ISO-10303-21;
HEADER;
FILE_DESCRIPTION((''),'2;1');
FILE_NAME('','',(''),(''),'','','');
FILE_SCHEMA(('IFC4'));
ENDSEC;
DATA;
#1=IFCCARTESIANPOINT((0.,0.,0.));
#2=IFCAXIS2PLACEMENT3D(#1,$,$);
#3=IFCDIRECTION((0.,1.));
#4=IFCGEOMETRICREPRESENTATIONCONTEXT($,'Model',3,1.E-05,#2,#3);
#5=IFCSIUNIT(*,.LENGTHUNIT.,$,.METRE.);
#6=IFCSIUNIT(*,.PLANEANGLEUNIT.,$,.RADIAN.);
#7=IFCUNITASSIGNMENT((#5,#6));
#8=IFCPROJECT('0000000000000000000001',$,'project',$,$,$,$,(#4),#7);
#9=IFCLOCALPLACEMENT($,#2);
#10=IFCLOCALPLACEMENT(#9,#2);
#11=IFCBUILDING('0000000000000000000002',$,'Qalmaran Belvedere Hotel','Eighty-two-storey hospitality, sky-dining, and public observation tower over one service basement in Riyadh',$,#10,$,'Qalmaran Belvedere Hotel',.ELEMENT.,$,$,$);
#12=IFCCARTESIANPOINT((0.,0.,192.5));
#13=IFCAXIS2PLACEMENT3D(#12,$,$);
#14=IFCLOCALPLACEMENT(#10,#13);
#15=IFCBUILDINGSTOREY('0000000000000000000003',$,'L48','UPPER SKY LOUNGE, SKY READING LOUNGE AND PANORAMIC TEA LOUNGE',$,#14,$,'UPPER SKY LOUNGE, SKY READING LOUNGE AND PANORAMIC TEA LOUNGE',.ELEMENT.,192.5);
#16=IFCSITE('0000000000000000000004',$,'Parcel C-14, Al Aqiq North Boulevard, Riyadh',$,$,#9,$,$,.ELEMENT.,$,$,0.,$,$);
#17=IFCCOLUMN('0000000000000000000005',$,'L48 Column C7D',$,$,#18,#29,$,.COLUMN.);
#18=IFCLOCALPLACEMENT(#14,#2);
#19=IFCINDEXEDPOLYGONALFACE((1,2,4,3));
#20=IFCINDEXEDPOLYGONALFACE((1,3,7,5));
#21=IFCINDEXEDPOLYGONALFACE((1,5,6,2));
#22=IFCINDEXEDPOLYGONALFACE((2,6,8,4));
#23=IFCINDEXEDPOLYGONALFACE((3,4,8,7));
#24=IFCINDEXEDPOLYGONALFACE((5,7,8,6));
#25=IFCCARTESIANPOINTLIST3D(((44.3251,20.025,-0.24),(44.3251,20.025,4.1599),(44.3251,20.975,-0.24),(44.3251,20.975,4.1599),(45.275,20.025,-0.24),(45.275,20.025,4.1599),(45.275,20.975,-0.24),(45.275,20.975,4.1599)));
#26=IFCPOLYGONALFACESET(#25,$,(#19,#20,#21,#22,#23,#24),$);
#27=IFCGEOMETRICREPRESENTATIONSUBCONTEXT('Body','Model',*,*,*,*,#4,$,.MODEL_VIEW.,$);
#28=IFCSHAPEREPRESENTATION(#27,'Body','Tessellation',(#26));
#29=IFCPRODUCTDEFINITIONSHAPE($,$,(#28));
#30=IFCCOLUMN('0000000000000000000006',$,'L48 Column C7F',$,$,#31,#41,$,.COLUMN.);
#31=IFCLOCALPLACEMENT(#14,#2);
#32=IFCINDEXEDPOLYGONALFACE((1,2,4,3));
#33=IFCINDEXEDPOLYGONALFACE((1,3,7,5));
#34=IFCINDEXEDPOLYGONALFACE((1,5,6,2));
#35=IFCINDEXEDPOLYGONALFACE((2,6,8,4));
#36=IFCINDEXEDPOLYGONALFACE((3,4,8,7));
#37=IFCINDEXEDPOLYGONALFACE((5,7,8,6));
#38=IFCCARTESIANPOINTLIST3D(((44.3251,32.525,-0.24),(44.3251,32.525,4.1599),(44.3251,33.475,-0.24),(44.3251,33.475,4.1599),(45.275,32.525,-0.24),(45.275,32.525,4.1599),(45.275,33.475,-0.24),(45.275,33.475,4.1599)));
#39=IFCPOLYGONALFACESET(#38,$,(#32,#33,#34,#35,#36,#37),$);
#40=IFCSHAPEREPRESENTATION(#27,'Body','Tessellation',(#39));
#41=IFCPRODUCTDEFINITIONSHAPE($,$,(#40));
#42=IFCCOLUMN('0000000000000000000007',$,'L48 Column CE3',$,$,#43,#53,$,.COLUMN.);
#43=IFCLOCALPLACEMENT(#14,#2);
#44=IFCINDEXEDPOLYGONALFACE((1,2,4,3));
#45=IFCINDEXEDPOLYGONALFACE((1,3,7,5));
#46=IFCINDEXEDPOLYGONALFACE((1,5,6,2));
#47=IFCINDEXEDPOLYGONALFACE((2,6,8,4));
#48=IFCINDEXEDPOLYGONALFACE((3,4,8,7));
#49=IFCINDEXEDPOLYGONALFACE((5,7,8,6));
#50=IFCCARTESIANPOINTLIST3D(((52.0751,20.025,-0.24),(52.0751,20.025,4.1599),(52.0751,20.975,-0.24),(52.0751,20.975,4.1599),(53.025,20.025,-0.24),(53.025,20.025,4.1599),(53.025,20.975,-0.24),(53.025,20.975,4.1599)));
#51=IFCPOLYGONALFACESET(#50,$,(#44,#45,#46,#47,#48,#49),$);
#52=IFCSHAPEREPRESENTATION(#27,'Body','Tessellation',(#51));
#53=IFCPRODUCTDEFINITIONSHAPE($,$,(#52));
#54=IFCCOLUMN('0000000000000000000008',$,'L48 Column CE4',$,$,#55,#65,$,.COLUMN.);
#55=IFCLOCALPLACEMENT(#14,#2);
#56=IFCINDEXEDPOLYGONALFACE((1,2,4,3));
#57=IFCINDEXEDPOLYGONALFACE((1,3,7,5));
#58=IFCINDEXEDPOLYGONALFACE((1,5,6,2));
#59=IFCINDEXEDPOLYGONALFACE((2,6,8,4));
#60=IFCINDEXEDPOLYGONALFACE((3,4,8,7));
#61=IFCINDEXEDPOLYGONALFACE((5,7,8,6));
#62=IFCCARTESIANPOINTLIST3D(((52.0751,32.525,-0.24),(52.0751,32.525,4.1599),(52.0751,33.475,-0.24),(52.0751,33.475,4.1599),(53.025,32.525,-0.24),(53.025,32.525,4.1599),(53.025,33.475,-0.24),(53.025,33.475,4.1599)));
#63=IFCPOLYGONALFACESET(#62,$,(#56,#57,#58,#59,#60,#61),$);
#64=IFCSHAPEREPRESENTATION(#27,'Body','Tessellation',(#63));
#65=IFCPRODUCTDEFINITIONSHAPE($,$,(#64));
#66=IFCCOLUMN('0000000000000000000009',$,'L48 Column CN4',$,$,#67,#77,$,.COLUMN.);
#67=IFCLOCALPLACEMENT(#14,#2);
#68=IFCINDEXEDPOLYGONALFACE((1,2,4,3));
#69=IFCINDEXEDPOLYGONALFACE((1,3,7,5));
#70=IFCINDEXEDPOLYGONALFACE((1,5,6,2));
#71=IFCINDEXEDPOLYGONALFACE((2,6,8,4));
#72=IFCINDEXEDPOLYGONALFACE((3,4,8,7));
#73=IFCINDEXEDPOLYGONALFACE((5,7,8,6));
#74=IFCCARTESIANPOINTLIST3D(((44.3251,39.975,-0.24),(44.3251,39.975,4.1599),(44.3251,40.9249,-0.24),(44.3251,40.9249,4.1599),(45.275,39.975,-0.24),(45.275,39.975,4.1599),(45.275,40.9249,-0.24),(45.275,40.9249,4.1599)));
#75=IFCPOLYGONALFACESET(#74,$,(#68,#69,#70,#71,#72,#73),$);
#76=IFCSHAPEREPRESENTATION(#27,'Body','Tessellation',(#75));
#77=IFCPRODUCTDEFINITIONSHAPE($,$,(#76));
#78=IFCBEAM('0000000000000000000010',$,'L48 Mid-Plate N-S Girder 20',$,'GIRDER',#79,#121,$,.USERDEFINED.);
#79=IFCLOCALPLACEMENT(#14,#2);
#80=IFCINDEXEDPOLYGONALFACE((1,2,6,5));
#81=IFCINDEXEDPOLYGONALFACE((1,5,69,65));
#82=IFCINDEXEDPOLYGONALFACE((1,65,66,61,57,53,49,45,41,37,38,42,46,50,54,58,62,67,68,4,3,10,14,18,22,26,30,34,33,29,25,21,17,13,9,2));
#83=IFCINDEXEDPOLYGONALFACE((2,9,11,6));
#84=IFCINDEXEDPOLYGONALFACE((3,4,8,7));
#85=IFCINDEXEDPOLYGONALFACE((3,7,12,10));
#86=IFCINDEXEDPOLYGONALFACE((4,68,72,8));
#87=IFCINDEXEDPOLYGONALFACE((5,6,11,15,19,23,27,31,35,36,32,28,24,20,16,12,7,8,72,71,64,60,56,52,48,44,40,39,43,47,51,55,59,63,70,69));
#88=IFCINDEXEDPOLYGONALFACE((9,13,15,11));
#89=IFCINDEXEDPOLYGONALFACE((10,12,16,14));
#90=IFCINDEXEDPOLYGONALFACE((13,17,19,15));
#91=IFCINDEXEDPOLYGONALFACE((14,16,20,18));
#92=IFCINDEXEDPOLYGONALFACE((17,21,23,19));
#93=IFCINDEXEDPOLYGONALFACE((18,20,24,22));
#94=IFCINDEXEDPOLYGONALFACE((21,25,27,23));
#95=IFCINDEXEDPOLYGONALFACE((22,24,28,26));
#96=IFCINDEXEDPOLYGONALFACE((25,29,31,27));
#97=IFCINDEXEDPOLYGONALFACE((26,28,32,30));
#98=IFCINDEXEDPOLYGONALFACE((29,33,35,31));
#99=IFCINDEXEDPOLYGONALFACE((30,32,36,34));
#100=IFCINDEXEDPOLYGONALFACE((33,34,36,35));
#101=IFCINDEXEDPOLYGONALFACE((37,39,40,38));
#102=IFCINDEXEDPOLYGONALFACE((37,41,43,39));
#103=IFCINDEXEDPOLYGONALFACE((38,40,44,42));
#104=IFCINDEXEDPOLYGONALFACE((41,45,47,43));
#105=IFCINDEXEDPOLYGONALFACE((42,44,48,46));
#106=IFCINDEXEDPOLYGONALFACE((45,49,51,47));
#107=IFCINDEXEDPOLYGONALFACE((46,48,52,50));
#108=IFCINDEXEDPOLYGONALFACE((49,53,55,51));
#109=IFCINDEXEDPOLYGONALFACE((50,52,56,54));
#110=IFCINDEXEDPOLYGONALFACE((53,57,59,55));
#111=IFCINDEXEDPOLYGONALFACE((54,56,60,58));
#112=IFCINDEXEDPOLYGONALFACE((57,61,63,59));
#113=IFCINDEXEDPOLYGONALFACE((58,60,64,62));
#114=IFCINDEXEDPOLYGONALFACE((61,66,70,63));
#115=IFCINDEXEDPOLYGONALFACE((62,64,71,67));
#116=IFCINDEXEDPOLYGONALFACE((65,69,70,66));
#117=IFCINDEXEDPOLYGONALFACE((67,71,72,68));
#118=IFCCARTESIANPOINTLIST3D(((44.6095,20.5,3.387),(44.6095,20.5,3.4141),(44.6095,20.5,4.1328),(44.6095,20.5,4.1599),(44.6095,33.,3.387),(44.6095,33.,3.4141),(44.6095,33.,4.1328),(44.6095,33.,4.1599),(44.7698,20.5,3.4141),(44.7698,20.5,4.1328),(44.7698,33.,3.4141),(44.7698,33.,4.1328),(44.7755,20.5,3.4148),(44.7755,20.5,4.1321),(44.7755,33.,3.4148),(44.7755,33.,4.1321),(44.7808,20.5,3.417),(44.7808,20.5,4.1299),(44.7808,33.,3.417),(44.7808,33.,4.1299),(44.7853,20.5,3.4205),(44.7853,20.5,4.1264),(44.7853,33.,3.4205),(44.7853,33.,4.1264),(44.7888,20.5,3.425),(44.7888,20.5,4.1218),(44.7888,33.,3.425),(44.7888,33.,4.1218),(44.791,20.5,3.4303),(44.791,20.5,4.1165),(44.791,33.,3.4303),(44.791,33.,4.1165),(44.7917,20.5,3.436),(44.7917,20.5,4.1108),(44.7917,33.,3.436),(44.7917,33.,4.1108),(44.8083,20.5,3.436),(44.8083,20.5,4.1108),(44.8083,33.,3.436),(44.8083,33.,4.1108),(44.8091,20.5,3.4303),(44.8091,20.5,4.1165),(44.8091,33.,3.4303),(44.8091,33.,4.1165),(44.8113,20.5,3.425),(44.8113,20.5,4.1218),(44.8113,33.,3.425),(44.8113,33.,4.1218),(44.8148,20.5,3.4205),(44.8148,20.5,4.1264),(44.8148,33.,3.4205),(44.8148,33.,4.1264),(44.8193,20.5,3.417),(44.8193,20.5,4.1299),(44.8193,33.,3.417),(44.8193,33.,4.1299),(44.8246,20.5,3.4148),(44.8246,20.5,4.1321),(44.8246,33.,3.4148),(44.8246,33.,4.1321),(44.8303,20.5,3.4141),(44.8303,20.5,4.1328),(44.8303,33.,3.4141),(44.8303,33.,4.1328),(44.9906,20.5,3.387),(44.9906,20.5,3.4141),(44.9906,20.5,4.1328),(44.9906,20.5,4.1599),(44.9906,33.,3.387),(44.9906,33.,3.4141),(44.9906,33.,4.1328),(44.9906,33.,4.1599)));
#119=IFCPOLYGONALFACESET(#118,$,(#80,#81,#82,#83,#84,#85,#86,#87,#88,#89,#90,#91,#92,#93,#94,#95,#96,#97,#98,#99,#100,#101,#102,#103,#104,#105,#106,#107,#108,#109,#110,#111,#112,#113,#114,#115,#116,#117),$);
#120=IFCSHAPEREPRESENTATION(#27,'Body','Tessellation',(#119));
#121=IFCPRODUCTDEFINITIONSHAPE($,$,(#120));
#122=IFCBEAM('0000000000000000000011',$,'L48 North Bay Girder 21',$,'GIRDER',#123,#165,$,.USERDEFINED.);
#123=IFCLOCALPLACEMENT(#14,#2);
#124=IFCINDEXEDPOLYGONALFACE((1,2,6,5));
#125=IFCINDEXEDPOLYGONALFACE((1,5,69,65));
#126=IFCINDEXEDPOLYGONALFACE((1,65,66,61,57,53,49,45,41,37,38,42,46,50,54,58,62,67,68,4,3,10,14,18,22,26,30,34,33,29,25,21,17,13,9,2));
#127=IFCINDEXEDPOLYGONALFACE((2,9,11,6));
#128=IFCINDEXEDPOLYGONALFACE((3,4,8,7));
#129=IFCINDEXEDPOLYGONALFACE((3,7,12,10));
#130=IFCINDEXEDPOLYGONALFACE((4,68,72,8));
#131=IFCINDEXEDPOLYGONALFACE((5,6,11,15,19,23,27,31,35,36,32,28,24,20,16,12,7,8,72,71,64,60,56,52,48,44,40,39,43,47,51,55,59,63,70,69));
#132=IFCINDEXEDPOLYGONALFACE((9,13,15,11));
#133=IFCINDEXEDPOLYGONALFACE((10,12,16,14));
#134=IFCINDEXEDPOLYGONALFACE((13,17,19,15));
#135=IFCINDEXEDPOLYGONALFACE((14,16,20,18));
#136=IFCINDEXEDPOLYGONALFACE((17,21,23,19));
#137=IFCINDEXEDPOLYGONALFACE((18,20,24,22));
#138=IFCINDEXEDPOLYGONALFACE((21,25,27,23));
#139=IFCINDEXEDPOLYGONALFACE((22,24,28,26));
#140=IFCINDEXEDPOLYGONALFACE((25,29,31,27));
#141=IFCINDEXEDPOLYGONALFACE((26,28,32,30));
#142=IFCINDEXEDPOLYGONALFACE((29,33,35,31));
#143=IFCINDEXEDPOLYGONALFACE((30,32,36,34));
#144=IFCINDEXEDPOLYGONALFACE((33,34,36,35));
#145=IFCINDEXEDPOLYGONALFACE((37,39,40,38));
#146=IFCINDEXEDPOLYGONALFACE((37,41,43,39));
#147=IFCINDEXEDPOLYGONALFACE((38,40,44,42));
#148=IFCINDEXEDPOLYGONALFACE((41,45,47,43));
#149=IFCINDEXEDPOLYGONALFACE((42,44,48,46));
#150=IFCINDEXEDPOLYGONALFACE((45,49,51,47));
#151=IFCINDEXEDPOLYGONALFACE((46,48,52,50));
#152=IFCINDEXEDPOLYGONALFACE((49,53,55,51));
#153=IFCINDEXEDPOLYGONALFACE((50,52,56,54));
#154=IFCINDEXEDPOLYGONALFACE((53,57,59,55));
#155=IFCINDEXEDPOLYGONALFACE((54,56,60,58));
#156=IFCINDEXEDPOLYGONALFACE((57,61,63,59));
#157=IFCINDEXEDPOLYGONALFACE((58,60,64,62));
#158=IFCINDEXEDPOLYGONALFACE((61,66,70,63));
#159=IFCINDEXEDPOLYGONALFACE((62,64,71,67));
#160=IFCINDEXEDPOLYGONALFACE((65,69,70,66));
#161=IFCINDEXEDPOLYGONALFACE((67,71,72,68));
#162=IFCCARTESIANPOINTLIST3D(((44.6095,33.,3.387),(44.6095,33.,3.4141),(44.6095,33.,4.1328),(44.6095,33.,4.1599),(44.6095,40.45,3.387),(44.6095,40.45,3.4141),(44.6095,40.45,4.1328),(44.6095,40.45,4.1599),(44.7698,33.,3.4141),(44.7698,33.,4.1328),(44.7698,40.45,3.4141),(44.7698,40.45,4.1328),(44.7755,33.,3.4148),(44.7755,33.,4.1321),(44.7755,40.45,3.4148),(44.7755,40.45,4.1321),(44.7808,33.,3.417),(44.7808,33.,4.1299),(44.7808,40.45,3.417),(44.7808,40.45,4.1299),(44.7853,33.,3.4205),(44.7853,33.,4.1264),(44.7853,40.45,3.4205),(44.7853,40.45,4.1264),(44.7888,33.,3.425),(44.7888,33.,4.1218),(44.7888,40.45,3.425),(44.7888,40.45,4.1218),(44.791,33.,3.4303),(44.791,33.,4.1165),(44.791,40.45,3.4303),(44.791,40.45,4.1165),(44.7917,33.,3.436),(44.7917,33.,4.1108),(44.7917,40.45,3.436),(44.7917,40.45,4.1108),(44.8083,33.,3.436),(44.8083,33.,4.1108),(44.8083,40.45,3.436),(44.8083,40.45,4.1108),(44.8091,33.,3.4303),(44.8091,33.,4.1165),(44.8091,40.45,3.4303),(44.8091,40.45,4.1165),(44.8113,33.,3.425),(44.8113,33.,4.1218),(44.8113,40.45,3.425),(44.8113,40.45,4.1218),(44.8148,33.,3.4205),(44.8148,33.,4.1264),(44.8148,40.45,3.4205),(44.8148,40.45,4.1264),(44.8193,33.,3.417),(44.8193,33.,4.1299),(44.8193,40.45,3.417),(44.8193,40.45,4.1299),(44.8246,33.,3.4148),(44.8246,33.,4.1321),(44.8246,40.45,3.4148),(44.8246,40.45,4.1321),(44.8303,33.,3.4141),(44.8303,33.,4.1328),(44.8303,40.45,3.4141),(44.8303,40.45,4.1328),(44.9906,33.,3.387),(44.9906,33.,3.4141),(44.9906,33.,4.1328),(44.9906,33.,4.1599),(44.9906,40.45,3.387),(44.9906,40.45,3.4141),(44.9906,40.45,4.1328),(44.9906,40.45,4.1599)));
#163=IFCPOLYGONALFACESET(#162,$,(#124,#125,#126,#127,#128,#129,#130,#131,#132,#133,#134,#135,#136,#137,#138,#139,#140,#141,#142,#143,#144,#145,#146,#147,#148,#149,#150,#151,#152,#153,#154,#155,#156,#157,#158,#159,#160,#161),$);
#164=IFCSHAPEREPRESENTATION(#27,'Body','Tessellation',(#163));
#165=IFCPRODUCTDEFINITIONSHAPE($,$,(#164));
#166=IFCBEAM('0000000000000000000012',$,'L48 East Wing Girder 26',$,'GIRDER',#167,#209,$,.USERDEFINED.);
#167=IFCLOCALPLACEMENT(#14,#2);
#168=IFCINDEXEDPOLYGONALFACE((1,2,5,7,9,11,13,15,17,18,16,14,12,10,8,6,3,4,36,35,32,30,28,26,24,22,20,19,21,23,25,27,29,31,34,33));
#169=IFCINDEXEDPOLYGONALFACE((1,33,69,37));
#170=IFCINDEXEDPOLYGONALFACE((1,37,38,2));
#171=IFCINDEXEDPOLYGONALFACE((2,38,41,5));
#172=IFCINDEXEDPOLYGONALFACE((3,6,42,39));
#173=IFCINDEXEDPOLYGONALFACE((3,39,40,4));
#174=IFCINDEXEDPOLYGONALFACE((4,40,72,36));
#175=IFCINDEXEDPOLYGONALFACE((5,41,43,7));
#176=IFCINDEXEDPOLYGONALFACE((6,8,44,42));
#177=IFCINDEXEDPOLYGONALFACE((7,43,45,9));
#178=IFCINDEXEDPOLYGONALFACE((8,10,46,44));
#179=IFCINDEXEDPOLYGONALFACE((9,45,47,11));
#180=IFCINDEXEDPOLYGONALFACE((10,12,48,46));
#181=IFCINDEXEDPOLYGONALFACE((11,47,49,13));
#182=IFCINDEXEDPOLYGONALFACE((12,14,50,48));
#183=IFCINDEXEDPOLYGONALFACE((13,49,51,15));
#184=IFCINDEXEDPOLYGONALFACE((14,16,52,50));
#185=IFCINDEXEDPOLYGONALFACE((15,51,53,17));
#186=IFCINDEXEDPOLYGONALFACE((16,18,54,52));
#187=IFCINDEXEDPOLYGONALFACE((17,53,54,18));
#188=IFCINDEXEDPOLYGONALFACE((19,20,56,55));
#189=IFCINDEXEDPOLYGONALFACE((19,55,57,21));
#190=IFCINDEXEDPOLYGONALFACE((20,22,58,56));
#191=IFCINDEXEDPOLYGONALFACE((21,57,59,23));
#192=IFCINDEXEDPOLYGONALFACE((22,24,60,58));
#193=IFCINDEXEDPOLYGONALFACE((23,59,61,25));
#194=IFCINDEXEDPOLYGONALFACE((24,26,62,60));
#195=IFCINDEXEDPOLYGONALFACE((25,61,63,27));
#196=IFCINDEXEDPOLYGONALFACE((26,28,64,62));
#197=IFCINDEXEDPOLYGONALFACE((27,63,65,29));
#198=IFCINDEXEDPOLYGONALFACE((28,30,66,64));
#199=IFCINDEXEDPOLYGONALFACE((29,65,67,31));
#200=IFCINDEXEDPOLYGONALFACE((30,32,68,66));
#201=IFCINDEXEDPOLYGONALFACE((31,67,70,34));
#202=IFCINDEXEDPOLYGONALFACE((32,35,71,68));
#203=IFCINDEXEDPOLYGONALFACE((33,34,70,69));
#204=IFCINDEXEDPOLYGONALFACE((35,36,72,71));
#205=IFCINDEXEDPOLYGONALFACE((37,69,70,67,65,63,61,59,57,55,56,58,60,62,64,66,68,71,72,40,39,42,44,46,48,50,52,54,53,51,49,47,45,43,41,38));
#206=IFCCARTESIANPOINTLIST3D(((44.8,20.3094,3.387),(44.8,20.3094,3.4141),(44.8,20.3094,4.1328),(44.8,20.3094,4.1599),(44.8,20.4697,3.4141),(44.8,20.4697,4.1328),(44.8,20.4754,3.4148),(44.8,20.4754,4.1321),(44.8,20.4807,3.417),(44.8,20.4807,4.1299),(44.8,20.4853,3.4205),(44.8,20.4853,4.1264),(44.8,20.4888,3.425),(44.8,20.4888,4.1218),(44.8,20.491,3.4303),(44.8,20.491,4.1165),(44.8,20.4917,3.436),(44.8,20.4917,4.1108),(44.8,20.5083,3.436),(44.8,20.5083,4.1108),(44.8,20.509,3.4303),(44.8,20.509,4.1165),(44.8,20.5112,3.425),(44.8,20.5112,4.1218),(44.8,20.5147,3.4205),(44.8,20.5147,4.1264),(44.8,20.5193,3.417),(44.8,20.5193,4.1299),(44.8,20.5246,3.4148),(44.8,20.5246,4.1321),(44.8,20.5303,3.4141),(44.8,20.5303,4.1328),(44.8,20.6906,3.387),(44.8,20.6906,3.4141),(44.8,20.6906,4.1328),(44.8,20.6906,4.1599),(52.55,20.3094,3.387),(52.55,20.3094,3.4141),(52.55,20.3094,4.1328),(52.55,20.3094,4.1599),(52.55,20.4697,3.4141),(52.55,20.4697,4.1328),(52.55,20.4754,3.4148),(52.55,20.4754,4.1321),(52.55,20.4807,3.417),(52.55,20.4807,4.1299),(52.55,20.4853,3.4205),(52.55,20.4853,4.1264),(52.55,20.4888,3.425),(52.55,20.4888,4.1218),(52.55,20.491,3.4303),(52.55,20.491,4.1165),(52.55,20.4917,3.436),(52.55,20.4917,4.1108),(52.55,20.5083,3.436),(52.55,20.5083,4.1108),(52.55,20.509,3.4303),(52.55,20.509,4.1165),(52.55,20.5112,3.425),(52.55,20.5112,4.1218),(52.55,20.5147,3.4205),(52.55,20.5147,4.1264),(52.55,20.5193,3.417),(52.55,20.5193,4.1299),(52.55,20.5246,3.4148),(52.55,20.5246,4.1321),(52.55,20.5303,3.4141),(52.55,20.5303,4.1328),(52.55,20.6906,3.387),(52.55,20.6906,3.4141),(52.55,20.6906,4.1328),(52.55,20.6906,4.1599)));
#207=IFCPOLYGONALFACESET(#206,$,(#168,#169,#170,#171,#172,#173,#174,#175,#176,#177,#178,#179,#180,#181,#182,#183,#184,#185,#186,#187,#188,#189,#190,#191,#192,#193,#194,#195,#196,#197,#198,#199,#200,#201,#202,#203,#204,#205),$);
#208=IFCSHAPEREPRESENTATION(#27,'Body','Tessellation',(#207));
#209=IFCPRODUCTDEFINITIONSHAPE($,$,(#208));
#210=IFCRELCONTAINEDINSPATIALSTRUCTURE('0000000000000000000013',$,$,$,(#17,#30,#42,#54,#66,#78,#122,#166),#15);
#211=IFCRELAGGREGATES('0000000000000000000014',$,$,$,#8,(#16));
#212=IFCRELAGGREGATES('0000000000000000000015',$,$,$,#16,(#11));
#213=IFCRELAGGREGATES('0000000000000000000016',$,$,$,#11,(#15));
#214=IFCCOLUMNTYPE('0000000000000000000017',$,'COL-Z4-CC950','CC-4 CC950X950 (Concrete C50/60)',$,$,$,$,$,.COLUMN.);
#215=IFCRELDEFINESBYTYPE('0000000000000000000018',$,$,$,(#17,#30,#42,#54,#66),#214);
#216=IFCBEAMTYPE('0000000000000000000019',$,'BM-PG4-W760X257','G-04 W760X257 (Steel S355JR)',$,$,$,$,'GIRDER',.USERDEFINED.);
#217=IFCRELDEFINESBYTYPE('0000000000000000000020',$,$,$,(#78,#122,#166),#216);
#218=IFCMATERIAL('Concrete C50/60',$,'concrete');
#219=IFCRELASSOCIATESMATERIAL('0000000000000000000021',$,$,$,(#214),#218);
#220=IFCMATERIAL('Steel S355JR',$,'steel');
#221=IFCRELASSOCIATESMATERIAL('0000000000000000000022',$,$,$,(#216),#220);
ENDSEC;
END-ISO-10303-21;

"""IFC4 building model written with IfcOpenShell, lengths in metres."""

from ifc_helpers import new_model, si_unit, direction, frame, origin, origin_2d, place, context, subcontext, project, spatial, rectangle, i_section, extrude, material, material_profile, profile_set, type_object, element, save


model = new_model("IFC4")

# Units and contexts
model_context = context("Model", 3, precision=1e-05, world=origin(), true_north=direction((0.0, 1.0)))
body_context = subcontext(model_context, "Body", "Model", "MODEL_VIEW")
ifc_project = project(units=[si_unit("LENGTHUNIT", "METRE"), si_unit("PLANEANGLEUNIT", "RADIAN")], contexts=[model_context])

# Site, building, storey
site_placement = place(None, origin())
site = spatial("IfcSite", under=ifc_project, at=site_placement, Name="Parcel C-14, Al Aqiq North Boulevard, Riyadh", CompositionType="ELEMENT", RefElevation=0.0)
building_placement = place(site_placement, origin())
building = spatial("IfcBuilding", under=site, at=building_placement, Name="Qalmaran Belvedere Hotel", Description="Eighty-two-storey hospitality, sky-dining, and public observation tower over one service basement in Riyadh", LongName="Qalmaran Belvedere Hotel", CompositionType="ELEMENT")
storey_placement = place(building_placement, frame((0.0, 0.0, 192.5)))
storey = spatial("IfcBuildingStorey", under=building, at=storey_placement, Name="L48", Description="UPPER SKY LOUNGE, SKY READING LOUNGE AND PANORAMIC TEA LOUNGE", LongName="UPPER SKY LOUNGE, SKY READING LOUNGE AND PANORAMIC TEA LOUNGE", CompositionType="ELEMENT", Elevation=192.5)

# Columns
ifc_material_1 = material(Name="Concrete C50/60", Category="concrete")
ifc_material_profile_1 = material_profile(ifc_material_1, rectangle(XDim=0.95, YDim=0.95, at=origin_2d()), Name="CC950X950")
ifc_profile_set_1 = profile_set([ifc_material_profile_1], Name="Concrete C50/60")
column_type = type_object("IfcColumnType", Name="COL-Z4-CC950", Description="CC-4 CC950X950 (Concrete C50/60)", PredefinedType="COLUMN", material=ifc_profile_set_1)
for number, where, z_axis, x_axis, name in (
    (1, (44.8, 20.5, -0.24), (0.0, 0.0, 1.0), (1.0, 0.0, 0.0), "L48 Column C7D"),
    (2, (44.8, 33.0, -0.24), (0.0, 0.0, 1.0), (1.0, 0.0, 0.0), "L48 Column C7F"),
    (3, (52.55, 20.5, -0.24), (0.0, 0.0, 1.0), (1.0, 0.0, 0.0), "L48 Column CE3"),
    (4, (52.55, 33.0, -0.24), (0.0, 0.0, 1.0), (1.0, 0.0, 0.0), "L48 Column CE4"),
    (5, (44.8, 40.45, -0.24), (0.0, 0.0, 1.0), (1.0, 0.0, 0.0), "L48 Column CN4"),
):
    element("IfcColumn", number, at=place(storey_placement, frame(where, z_axis=z_axis, x_axis=x_axis)), inside=storey, type_object=column_type, Name=name, PredefinedType="COLUMN", context=body_context, shape_type="SweptSolid", body=[
        extrude(rectangle(XDim=0.95, YDim=0.95, at=origin_2d()), origin(), (0.0, 0.0, 1.0), 4.3999),
    ])

# Beams
ifc_material_2 = material(Name="Steel S355JR", Category="steel")
ifc_material_profile_2 = material_profile(ifc_material_2, i_section(OverallWidth=0.3811, OverallDepth=0.7729, WebThickness=0.0166, FlangeThickness=0.0271, FilletRadius=0.022, at=origin_2d()), Name="W760X257")
ifc_profile_set_2 = profile_set([ifc_material_profile_2], Name="Steel S355JR")
beam_type_1 = type_object("IfcBeamType", Name="BM-PG4-W760X257", Description="G-04 W760X257 (Steel S355JR)", ElementType="GIRDER", PredefinedType="USERDEFINED", material=ifc_profile_set_2)
beam_1_placement = place(storey_placement, frame((44.8, 20.5, 3.7734), z_axis=(0.0, 1.0, 0.0), x_axis=(-1.0, 0.0, 0.0)))
element("IfcBeam", 6, at=beam_1_placement, inside=storey, type_object=beam_type_1, Name="L48 Mid-Plate N-S Girder 20", ObjectType="GIRDER", PredefinedType="USERDEFINED", context=body_context, shape_type="SweptSolid", body=[
    extrude(i_section(OverallWidth=0.3811, OverallDepth=0.7729, WebThickness=0.0166, FlangeThickness=0.0271, FilletRadius=0.022, at=origin_2d()), origin(), (0.0, 0.0, 1.0), 12.5),
])
beam_2_placement = place(storey_placement, frame((44.8, 33.0, 3.7734), z_axis=(0.0, 1.0, 0.0), x_axis=(-1.0, 0.0, 0.0)))
element("IfcBeam", 7, at=beam_2_placement, inside=storey, type_object=beam_type_1, Name="L48 North Bay Girder 21", ObjectType="GIRDER", PredefinedType="USERDEFINED", context=body_context, shape_type="SweptSolid", body=[
    extrude(i_section(OverallWidth=0.3811, OverallDepth=0.7729, WebThickness=0.0166, FlangeThickness=0.0271, FilletRadius=0.022, at=origin_2d()), origin(), (0.0, 0.0, 1.0), 7.45),
])
for number, where, z_axis, x_axis, name in (
    (8, (44.8, 20.5, 3.7734), (1.0, 0.0, 0.0), (0.0, 1.0, 0.0), "L48 East Wing Girder 26"),
):
    element("IfcBeam", number, at=place(storey_placement, frame(where, z_axis=z_axis, x_axis=x_axis)), inside=storey, type_object=beam_type_1, Name=name, ObjectType="GIRDER", PredefinedType="USERDEFINED", context=body_context, shape_type="SweptSolid", body=[
        extrude(i_section(OverallWidth=0.3811, OverallDepth=0.7729, WebThickness=0.0166, FlangeThickness=0.0271, FilletRadius=0.022, at=origin_2d()), origin(), (0.0, 0.0, 1.0), 7.75),
    ])

save(model, "model.ifc")
